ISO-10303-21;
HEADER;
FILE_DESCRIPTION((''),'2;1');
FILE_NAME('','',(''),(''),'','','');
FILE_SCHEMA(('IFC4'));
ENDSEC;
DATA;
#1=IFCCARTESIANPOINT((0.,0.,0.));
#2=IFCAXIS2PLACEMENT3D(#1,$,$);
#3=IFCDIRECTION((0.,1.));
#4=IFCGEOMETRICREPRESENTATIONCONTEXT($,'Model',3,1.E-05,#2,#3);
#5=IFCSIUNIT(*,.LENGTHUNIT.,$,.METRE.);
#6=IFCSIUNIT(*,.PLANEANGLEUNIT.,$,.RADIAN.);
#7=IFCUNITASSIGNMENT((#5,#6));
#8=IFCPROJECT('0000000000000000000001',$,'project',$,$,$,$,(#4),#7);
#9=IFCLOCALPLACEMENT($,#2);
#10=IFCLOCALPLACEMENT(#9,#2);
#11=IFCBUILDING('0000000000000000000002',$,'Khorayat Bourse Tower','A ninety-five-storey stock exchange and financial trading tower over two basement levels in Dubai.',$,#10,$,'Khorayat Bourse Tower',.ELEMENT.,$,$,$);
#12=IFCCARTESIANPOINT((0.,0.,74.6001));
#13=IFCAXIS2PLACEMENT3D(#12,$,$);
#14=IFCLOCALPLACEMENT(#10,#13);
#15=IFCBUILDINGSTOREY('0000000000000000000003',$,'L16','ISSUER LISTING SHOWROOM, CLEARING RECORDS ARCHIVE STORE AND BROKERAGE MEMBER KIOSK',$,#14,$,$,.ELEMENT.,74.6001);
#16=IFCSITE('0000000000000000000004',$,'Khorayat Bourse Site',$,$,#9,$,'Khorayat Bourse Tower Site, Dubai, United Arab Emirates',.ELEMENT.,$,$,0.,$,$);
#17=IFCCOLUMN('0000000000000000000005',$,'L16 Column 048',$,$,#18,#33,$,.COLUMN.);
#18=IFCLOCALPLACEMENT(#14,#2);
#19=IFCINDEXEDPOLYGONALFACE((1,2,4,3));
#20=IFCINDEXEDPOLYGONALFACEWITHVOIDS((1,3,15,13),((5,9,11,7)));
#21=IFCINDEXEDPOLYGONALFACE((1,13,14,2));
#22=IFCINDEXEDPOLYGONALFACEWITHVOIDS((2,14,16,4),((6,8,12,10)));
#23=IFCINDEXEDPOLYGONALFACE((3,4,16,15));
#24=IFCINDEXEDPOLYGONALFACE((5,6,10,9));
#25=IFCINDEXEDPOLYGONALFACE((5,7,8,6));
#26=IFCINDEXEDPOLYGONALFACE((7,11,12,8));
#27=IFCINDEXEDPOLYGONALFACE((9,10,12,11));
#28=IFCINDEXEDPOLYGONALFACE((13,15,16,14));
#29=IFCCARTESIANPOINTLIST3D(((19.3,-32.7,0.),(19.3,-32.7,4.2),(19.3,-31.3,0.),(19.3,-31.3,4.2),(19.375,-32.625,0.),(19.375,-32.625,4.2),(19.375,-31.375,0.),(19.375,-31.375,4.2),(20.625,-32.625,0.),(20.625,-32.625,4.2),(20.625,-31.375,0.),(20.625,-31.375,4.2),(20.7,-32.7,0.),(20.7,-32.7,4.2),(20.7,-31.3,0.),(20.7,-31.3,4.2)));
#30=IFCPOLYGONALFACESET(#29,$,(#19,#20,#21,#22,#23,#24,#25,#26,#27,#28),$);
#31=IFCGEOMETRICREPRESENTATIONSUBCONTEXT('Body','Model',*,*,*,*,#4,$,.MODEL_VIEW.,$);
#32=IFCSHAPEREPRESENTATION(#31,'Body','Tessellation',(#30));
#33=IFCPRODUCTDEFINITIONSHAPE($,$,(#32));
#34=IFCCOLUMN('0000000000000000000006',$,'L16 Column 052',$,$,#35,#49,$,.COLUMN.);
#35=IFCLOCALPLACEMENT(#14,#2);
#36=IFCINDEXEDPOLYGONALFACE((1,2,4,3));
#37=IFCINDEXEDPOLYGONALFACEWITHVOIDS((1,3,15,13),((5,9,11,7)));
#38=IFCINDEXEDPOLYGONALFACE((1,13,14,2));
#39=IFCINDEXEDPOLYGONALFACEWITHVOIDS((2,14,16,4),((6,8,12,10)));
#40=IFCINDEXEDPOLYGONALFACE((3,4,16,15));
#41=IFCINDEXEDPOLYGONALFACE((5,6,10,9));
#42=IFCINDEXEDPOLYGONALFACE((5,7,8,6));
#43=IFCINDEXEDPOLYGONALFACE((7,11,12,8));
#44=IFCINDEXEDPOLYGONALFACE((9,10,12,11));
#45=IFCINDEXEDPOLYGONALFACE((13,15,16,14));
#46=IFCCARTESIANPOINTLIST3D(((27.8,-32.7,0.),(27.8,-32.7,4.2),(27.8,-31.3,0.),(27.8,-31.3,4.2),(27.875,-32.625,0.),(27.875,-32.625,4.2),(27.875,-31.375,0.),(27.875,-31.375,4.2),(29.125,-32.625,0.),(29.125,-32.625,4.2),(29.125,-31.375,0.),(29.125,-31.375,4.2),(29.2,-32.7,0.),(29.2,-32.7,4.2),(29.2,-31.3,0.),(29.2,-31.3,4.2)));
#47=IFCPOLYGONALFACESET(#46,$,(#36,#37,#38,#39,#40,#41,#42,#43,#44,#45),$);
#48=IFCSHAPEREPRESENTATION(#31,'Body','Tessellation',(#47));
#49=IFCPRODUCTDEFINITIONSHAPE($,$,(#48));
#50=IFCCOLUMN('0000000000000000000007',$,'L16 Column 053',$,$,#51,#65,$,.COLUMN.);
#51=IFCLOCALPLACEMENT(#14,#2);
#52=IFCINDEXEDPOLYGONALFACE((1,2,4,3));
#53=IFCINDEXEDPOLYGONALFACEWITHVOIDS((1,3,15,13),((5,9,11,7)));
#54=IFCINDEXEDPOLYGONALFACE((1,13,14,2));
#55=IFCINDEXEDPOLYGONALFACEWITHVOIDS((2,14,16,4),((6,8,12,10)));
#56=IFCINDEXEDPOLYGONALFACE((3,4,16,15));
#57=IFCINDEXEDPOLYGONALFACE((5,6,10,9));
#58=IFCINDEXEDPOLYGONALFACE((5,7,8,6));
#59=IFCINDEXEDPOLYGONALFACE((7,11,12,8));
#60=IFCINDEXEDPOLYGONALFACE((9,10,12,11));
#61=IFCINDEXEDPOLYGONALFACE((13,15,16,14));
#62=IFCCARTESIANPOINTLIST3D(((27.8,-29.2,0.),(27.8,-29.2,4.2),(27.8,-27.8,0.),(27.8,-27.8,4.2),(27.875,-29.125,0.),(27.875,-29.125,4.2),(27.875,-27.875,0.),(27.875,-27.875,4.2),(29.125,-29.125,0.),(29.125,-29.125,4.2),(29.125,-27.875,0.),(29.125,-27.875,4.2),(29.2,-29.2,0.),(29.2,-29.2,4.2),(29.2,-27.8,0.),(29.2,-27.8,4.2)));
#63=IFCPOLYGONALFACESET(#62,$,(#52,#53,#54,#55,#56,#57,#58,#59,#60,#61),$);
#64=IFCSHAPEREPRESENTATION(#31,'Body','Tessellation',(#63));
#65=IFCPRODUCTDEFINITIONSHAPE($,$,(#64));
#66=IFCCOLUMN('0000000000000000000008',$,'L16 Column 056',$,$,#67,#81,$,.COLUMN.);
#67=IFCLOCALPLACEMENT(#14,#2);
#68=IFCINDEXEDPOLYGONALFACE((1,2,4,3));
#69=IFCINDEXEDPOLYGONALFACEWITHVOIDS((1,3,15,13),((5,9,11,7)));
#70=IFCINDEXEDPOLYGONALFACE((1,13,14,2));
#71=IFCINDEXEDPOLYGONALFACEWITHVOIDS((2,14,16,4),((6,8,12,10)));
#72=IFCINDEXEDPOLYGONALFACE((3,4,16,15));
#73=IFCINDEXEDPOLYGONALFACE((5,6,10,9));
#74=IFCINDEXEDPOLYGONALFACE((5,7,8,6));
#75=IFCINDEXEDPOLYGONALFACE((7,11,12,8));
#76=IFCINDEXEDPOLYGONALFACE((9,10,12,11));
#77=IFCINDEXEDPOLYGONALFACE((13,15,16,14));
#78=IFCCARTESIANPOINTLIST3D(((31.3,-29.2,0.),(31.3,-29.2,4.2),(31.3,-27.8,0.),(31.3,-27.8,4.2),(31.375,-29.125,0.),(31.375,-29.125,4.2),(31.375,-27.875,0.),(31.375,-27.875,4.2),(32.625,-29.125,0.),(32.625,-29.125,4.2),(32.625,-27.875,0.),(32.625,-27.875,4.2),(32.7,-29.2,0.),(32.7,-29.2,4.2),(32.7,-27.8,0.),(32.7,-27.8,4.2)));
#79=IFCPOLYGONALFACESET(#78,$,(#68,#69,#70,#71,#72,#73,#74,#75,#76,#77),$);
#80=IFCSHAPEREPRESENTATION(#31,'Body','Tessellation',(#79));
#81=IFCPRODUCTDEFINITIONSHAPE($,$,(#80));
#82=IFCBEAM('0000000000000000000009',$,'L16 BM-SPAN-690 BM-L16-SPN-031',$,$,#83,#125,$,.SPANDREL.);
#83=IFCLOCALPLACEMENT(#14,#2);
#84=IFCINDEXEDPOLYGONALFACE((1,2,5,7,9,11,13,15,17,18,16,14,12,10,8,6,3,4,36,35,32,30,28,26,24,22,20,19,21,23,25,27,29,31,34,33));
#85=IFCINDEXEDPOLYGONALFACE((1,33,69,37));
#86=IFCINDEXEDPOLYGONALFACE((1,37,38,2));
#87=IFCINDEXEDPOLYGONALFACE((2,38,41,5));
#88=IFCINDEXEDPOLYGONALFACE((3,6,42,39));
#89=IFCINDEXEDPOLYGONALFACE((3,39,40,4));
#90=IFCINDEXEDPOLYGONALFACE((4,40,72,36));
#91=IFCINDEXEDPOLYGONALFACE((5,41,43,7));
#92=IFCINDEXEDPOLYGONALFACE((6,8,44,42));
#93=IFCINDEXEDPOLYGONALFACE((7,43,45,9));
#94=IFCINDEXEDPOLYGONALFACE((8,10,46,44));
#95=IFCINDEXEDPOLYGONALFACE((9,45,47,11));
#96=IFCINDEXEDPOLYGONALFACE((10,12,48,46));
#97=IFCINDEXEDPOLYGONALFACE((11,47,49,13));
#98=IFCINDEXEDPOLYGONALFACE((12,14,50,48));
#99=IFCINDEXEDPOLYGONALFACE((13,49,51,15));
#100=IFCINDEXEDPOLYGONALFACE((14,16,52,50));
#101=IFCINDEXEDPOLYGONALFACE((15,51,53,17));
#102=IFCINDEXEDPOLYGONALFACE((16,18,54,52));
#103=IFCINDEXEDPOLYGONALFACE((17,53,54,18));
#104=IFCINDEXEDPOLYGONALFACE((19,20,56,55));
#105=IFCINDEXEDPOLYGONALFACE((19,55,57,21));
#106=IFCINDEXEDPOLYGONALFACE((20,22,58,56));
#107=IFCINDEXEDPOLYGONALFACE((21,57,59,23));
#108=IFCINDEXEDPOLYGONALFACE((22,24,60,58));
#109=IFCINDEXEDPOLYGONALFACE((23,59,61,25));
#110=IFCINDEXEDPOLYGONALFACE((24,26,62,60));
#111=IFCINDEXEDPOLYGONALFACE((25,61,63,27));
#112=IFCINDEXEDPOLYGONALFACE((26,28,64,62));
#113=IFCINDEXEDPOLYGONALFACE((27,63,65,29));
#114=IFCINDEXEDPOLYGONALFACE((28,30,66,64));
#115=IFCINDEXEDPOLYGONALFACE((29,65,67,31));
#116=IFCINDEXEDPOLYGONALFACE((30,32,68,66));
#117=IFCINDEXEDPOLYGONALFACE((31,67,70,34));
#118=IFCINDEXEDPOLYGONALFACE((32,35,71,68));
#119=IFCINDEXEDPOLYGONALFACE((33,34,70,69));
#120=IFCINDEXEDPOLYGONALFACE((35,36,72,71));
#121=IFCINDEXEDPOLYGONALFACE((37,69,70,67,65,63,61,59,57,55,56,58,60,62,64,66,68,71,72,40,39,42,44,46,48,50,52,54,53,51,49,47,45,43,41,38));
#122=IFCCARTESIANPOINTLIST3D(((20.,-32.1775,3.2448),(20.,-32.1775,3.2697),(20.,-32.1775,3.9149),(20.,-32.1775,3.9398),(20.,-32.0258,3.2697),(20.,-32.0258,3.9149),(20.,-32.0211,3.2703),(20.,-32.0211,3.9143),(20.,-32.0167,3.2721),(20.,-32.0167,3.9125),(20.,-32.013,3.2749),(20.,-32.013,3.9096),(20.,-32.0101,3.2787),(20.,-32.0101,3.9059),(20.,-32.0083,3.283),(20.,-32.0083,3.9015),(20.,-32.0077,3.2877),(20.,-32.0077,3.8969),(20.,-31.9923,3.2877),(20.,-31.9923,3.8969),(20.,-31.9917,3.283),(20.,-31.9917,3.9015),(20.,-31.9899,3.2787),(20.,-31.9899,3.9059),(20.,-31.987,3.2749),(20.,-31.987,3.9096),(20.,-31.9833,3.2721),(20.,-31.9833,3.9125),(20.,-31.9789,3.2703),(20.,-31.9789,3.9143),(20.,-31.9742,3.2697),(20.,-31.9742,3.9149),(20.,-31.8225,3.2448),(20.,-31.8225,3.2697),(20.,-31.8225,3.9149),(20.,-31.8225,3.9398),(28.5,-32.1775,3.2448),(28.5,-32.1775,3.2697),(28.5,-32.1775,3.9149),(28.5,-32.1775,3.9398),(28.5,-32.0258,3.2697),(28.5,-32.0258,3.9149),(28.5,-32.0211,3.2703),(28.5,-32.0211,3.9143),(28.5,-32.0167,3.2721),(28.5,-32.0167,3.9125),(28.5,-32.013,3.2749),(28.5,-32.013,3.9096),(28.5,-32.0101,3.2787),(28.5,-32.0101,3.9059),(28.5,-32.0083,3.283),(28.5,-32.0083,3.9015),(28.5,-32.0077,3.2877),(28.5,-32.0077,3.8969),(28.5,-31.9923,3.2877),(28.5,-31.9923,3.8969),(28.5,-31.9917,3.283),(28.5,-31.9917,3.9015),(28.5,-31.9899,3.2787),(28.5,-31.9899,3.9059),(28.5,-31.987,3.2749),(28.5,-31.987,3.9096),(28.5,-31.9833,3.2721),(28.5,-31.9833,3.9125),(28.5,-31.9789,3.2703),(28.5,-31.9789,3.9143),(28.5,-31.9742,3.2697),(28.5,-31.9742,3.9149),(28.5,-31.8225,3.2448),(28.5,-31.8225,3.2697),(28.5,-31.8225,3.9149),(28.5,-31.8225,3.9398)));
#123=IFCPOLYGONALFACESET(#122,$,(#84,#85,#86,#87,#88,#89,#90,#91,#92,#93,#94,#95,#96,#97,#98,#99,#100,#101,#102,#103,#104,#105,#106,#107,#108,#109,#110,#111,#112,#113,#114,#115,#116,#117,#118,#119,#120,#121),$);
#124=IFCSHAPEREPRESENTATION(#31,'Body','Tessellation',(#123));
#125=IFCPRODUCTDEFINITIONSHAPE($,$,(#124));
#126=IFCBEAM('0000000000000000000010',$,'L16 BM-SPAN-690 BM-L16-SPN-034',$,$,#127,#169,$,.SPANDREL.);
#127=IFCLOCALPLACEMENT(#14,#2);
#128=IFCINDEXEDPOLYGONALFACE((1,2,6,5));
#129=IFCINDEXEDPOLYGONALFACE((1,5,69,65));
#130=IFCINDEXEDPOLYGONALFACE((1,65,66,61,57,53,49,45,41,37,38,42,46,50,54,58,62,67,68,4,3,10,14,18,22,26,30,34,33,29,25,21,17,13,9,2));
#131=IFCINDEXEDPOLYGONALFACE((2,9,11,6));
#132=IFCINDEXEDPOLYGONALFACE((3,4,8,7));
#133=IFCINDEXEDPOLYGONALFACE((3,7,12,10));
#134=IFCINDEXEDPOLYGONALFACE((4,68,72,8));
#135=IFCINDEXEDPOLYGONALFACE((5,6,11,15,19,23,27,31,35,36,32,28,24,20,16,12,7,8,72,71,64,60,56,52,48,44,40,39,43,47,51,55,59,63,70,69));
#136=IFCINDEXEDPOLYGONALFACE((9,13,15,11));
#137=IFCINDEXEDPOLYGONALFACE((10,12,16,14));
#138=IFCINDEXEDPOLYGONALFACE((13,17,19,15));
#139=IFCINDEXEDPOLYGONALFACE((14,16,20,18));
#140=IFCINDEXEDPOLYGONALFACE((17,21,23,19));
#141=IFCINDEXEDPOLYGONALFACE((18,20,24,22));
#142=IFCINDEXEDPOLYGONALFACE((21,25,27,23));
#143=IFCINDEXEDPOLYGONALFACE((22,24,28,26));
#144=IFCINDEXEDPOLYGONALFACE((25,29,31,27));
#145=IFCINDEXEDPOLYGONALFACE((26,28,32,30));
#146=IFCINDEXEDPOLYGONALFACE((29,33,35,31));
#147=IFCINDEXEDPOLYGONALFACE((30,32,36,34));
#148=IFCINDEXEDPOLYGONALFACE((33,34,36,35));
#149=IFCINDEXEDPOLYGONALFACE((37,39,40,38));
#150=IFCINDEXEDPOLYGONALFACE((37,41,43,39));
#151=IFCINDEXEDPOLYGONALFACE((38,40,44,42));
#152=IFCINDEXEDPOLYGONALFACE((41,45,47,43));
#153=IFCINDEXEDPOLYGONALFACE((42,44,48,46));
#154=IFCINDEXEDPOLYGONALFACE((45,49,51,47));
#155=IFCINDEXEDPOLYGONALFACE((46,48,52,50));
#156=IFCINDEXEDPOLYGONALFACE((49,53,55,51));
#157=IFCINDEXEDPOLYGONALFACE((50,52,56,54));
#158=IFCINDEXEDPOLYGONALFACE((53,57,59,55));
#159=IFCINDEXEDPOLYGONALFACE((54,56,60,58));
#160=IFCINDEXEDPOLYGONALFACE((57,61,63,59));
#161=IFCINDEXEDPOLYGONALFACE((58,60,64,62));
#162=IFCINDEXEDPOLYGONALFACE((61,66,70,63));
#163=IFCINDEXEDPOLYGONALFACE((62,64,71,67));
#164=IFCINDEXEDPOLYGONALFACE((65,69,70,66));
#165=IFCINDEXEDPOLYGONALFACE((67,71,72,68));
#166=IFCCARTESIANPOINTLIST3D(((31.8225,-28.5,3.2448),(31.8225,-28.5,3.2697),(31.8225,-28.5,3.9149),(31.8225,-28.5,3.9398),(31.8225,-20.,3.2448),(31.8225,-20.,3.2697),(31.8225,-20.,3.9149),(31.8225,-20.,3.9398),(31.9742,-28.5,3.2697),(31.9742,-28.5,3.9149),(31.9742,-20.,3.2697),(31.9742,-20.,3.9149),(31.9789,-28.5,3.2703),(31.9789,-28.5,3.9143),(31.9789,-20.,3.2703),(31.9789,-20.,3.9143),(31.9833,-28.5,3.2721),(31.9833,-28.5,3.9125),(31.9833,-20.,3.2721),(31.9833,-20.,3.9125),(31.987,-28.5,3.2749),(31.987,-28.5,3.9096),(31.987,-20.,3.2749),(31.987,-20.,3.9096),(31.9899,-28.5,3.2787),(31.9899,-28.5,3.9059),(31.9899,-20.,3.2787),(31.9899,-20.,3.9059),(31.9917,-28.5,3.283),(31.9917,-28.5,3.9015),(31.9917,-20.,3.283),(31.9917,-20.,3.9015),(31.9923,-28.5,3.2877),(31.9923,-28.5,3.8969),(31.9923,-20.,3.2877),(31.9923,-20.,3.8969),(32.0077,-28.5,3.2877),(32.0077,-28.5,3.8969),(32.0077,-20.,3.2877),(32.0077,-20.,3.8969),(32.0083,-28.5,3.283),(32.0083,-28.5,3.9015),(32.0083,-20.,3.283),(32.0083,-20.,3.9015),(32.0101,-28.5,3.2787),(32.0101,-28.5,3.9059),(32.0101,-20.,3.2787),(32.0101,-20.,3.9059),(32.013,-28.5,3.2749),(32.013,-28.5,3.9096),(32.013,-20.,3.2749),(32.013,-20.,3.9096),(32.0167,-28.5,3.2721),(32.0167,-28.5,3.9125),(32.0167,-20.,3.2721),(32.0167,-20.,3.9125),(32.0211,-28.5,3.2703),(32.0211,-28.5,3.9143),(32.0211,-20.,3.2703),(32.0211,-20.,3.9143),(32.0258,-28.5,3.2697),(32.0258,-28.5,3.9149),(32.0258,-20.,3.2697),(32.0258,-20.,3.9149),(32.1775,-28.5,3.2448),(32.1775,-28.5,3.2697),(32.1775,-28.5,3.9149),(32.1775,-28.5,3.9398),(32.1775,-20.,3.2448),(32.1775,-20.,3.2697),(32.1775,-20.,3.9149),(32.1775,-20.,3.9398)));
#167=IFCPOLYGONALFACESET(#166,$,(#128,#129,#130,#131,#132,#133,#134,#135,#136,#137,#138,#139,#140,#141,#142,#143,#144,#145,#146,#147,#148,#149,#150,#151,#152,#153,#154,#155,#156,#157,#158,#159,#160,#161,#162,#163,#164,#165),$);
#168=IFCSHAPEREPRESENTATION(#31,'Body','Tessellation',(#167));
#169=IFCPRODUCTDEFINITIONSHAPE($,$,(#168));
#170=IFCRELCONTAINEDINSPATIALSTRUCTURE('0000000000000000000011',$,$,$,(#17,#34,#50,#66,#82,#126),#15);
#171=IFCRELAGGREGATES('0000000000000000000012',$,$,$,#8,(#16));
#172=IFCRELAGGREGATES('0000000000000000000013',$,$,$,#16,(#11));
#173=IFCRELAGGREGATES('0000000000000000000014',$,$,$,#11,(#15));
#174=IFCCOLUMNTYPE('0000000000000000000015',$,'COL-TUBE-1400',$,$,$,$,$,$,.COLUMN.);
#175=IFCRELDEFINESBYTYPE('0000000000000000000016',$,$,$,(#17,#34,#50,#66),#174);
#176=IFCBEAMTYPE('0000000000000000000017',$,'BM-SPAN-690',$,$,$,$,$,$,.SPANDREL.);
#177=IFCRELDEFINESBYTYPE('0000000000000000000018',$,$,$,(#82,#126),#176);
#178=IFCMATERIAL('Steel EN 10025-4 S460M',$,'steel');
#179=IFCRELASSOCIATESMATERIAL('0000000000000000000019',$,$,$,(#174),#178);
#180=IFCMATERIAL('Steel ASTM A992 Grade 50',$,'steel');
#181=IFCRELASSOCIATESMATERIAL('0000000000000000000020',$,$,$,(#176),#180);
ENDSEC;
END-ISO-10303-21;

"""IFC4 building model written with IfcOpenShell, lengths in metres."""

from ifc_helpers import new_model, si_unit, direction, frame, origin, origin_2d, place, context, subcontext, project, spatial, hollow_rectangle, i_section, extrude, source, transform, mapped, material, material_profile, profile_set, type_object, element, save


model = new_model("IFC4")

# Units and contexts
model_context = context("Model", 3, precision=1e-05, world=origin(), true_north=direction((0.0, 1.0)))
body_context = subcontext(model_context, "Body", "Model", "MODEL_VIEW")
ifc_project = project(units=[si_unit("LENGTHUNIT", "METRE"), si_unit("PLANEANGLEUNIT", "RADIAN")], contexts=[model_context])

# Site, building, storey
site_placement = place(None, origin())
site = spatial("IfcSite", under=ifc_project, at=site_placement, Name="Khorayat Bourse Site", LongName="Khorayat Bourse Tower Site, Dubai, United Arab Emirates", CompositionType="ELEMENT", RefElevation=0.0)
building_placement = place(site_placement, origin())
building = spatial("IfcBuilding", under=site, at=building_placement, Name="Khorayat Bourse Tower", Description="A ninety-five-storey stock exchange and financial trading tower over two basement levels in Dubai.", LongName="Khorayat Bourse Tower", CompositionType="ELEMENT")
storey_placement = place(building_placement, frame((0.0, 0.0, 74.6001)))
storey = spatial("IfcBuildingStorey", under=building, at=storey_placement, Name="L16", Description="ISSUER LISTING SHOWROOM, CLEARING RECORDS ARCHIVE STORE AND BROKERAGE MEMBER KIOSK", CompositionType="ELEMENT", Elevation=74.6001)

# Columns
ifc_material_1 = material(Name="Steel EN 10025-4 S460M", Category="steel")
ifc_material_profile_1 = material_profile(ifc_material_1, hollow_rectangle(XDim=1.3999, YDim=1.3999, WallThickness=0.075, at=origin_2d()), Name="BOX 1400x1400x75")
ifc_profile_set_1 = profile_set([ifc_material_profile_1], Name="Steel EN 10025-4 S460M")
column_type = type_object("IfcColumnType", Name="COL-TUBE-1400", PredefinedType="COLUMN", material=ifc_profile_set_1)
shared_shape_1 = source(origin(), body_context, "Body", "SweptSolid", [
    extrude(hollow_rectangle(XDim=1.3999, YDim=1.3999, WallThickness=0.075, at=origin_2d()), origin(), (0.0, 0.0, 1.0), 4.2),
])
for number, where, z_axis, x_axis, name in (
    (1, (20.0, -32.0, 0.0), (0.0, 0.0, 1.0), (1.0, 0.0, 0.0), "L16 Column 048"),
    (2, (28.5, -32.0, 0.0), (0.0, 0.0, 1.0), (1.0, 0.0, 0.0), "L16 Column 052"),
    (3, (28.5, -28.5, 0.0), (0.0, 0.0, 1.0), (1.0, 0.0, 0.0), "L16 Column 053"),
    (4, (32.0, -28.5, 0.0), (0.0, 0.0, 1.0), (1.0, 0.0, 0.0), "L16 Column 056"),
):
    element("IfcColumn", number, at=place(storey_placement, frame(where, z_axis=z_axis, x_axis=x_axis)), inside=storey, type_object=column_type, Name=name, PredefinedType="COLUMN", context=body_context, shape_type="MappedRepresentation", body=[
        mapped(shared_shape_1, transform((0.0, 0.0, 0.0), scale=1.0)),
    ])

# Beams
ifc_material_2 = material(Name="Steel ASTM A992 Grade 50", Category="steel")
ifc_material_profile_2 = material_profile(ifc_material_2, i_section(OverallWidth=0.355, OverallDepth=0.6951, WebThickness=0.0154, FlangeThickness=0.0249, FilletRadius=0.0181, at=origin_2d()), Name="W690X217")
ifc_profile_set_2 = profile_set([ifc_material_profile_2], Name="Steel ASTM A992 Grade 50")
beam_type_1 = type_object("IfcBeamType", Name="BM-SPAN-690", PredefinedType="SPANDREL", material=ifc_profile_set_2)
shared_shape_2 = source(origin(), body_context, "Body", "SweptSolid", [
    extrude(i_section(OverallWidth=0.355, OverallDepth=0.6951, WebThickness=0.0154, FlangeThickness=0.0249, FilletRadius=0.0181, at=origin_2d()), origin(), (0.0, 0.0, 1.0), 8.5),
])
for number, where, z_axis, x_axis, name in (
    (5, (20.0, -32.0, 3.5923), (1.0, 0.0, 0.0), (0.0, 1.0, 0.0), "L16 BM-SPAN-690 BM-L16-SPN-031"),
    (6, (32.0, -28.5, 3.5923), (0.0, 1.0, 0.0), (-1.0, 0.0, 0.0), "L16 BM-SPAN-690 BM-L16-SPN-034"),
):
    element("IfcBeam", number, at=place(storey_placement, frame(where, z_axis=z_axis, x_axis=x_axis)), inside=storey, type_object=beam_type_1, Name=name, PredefinedType="SPANDREL", context=body_context, shape_type="MappedRepresentation", body=[
        mapped(shared_shape_2, transform((0.0, 0.0, 0.0), scale=1.0)),
    ])

save(model, "model.ifc")
